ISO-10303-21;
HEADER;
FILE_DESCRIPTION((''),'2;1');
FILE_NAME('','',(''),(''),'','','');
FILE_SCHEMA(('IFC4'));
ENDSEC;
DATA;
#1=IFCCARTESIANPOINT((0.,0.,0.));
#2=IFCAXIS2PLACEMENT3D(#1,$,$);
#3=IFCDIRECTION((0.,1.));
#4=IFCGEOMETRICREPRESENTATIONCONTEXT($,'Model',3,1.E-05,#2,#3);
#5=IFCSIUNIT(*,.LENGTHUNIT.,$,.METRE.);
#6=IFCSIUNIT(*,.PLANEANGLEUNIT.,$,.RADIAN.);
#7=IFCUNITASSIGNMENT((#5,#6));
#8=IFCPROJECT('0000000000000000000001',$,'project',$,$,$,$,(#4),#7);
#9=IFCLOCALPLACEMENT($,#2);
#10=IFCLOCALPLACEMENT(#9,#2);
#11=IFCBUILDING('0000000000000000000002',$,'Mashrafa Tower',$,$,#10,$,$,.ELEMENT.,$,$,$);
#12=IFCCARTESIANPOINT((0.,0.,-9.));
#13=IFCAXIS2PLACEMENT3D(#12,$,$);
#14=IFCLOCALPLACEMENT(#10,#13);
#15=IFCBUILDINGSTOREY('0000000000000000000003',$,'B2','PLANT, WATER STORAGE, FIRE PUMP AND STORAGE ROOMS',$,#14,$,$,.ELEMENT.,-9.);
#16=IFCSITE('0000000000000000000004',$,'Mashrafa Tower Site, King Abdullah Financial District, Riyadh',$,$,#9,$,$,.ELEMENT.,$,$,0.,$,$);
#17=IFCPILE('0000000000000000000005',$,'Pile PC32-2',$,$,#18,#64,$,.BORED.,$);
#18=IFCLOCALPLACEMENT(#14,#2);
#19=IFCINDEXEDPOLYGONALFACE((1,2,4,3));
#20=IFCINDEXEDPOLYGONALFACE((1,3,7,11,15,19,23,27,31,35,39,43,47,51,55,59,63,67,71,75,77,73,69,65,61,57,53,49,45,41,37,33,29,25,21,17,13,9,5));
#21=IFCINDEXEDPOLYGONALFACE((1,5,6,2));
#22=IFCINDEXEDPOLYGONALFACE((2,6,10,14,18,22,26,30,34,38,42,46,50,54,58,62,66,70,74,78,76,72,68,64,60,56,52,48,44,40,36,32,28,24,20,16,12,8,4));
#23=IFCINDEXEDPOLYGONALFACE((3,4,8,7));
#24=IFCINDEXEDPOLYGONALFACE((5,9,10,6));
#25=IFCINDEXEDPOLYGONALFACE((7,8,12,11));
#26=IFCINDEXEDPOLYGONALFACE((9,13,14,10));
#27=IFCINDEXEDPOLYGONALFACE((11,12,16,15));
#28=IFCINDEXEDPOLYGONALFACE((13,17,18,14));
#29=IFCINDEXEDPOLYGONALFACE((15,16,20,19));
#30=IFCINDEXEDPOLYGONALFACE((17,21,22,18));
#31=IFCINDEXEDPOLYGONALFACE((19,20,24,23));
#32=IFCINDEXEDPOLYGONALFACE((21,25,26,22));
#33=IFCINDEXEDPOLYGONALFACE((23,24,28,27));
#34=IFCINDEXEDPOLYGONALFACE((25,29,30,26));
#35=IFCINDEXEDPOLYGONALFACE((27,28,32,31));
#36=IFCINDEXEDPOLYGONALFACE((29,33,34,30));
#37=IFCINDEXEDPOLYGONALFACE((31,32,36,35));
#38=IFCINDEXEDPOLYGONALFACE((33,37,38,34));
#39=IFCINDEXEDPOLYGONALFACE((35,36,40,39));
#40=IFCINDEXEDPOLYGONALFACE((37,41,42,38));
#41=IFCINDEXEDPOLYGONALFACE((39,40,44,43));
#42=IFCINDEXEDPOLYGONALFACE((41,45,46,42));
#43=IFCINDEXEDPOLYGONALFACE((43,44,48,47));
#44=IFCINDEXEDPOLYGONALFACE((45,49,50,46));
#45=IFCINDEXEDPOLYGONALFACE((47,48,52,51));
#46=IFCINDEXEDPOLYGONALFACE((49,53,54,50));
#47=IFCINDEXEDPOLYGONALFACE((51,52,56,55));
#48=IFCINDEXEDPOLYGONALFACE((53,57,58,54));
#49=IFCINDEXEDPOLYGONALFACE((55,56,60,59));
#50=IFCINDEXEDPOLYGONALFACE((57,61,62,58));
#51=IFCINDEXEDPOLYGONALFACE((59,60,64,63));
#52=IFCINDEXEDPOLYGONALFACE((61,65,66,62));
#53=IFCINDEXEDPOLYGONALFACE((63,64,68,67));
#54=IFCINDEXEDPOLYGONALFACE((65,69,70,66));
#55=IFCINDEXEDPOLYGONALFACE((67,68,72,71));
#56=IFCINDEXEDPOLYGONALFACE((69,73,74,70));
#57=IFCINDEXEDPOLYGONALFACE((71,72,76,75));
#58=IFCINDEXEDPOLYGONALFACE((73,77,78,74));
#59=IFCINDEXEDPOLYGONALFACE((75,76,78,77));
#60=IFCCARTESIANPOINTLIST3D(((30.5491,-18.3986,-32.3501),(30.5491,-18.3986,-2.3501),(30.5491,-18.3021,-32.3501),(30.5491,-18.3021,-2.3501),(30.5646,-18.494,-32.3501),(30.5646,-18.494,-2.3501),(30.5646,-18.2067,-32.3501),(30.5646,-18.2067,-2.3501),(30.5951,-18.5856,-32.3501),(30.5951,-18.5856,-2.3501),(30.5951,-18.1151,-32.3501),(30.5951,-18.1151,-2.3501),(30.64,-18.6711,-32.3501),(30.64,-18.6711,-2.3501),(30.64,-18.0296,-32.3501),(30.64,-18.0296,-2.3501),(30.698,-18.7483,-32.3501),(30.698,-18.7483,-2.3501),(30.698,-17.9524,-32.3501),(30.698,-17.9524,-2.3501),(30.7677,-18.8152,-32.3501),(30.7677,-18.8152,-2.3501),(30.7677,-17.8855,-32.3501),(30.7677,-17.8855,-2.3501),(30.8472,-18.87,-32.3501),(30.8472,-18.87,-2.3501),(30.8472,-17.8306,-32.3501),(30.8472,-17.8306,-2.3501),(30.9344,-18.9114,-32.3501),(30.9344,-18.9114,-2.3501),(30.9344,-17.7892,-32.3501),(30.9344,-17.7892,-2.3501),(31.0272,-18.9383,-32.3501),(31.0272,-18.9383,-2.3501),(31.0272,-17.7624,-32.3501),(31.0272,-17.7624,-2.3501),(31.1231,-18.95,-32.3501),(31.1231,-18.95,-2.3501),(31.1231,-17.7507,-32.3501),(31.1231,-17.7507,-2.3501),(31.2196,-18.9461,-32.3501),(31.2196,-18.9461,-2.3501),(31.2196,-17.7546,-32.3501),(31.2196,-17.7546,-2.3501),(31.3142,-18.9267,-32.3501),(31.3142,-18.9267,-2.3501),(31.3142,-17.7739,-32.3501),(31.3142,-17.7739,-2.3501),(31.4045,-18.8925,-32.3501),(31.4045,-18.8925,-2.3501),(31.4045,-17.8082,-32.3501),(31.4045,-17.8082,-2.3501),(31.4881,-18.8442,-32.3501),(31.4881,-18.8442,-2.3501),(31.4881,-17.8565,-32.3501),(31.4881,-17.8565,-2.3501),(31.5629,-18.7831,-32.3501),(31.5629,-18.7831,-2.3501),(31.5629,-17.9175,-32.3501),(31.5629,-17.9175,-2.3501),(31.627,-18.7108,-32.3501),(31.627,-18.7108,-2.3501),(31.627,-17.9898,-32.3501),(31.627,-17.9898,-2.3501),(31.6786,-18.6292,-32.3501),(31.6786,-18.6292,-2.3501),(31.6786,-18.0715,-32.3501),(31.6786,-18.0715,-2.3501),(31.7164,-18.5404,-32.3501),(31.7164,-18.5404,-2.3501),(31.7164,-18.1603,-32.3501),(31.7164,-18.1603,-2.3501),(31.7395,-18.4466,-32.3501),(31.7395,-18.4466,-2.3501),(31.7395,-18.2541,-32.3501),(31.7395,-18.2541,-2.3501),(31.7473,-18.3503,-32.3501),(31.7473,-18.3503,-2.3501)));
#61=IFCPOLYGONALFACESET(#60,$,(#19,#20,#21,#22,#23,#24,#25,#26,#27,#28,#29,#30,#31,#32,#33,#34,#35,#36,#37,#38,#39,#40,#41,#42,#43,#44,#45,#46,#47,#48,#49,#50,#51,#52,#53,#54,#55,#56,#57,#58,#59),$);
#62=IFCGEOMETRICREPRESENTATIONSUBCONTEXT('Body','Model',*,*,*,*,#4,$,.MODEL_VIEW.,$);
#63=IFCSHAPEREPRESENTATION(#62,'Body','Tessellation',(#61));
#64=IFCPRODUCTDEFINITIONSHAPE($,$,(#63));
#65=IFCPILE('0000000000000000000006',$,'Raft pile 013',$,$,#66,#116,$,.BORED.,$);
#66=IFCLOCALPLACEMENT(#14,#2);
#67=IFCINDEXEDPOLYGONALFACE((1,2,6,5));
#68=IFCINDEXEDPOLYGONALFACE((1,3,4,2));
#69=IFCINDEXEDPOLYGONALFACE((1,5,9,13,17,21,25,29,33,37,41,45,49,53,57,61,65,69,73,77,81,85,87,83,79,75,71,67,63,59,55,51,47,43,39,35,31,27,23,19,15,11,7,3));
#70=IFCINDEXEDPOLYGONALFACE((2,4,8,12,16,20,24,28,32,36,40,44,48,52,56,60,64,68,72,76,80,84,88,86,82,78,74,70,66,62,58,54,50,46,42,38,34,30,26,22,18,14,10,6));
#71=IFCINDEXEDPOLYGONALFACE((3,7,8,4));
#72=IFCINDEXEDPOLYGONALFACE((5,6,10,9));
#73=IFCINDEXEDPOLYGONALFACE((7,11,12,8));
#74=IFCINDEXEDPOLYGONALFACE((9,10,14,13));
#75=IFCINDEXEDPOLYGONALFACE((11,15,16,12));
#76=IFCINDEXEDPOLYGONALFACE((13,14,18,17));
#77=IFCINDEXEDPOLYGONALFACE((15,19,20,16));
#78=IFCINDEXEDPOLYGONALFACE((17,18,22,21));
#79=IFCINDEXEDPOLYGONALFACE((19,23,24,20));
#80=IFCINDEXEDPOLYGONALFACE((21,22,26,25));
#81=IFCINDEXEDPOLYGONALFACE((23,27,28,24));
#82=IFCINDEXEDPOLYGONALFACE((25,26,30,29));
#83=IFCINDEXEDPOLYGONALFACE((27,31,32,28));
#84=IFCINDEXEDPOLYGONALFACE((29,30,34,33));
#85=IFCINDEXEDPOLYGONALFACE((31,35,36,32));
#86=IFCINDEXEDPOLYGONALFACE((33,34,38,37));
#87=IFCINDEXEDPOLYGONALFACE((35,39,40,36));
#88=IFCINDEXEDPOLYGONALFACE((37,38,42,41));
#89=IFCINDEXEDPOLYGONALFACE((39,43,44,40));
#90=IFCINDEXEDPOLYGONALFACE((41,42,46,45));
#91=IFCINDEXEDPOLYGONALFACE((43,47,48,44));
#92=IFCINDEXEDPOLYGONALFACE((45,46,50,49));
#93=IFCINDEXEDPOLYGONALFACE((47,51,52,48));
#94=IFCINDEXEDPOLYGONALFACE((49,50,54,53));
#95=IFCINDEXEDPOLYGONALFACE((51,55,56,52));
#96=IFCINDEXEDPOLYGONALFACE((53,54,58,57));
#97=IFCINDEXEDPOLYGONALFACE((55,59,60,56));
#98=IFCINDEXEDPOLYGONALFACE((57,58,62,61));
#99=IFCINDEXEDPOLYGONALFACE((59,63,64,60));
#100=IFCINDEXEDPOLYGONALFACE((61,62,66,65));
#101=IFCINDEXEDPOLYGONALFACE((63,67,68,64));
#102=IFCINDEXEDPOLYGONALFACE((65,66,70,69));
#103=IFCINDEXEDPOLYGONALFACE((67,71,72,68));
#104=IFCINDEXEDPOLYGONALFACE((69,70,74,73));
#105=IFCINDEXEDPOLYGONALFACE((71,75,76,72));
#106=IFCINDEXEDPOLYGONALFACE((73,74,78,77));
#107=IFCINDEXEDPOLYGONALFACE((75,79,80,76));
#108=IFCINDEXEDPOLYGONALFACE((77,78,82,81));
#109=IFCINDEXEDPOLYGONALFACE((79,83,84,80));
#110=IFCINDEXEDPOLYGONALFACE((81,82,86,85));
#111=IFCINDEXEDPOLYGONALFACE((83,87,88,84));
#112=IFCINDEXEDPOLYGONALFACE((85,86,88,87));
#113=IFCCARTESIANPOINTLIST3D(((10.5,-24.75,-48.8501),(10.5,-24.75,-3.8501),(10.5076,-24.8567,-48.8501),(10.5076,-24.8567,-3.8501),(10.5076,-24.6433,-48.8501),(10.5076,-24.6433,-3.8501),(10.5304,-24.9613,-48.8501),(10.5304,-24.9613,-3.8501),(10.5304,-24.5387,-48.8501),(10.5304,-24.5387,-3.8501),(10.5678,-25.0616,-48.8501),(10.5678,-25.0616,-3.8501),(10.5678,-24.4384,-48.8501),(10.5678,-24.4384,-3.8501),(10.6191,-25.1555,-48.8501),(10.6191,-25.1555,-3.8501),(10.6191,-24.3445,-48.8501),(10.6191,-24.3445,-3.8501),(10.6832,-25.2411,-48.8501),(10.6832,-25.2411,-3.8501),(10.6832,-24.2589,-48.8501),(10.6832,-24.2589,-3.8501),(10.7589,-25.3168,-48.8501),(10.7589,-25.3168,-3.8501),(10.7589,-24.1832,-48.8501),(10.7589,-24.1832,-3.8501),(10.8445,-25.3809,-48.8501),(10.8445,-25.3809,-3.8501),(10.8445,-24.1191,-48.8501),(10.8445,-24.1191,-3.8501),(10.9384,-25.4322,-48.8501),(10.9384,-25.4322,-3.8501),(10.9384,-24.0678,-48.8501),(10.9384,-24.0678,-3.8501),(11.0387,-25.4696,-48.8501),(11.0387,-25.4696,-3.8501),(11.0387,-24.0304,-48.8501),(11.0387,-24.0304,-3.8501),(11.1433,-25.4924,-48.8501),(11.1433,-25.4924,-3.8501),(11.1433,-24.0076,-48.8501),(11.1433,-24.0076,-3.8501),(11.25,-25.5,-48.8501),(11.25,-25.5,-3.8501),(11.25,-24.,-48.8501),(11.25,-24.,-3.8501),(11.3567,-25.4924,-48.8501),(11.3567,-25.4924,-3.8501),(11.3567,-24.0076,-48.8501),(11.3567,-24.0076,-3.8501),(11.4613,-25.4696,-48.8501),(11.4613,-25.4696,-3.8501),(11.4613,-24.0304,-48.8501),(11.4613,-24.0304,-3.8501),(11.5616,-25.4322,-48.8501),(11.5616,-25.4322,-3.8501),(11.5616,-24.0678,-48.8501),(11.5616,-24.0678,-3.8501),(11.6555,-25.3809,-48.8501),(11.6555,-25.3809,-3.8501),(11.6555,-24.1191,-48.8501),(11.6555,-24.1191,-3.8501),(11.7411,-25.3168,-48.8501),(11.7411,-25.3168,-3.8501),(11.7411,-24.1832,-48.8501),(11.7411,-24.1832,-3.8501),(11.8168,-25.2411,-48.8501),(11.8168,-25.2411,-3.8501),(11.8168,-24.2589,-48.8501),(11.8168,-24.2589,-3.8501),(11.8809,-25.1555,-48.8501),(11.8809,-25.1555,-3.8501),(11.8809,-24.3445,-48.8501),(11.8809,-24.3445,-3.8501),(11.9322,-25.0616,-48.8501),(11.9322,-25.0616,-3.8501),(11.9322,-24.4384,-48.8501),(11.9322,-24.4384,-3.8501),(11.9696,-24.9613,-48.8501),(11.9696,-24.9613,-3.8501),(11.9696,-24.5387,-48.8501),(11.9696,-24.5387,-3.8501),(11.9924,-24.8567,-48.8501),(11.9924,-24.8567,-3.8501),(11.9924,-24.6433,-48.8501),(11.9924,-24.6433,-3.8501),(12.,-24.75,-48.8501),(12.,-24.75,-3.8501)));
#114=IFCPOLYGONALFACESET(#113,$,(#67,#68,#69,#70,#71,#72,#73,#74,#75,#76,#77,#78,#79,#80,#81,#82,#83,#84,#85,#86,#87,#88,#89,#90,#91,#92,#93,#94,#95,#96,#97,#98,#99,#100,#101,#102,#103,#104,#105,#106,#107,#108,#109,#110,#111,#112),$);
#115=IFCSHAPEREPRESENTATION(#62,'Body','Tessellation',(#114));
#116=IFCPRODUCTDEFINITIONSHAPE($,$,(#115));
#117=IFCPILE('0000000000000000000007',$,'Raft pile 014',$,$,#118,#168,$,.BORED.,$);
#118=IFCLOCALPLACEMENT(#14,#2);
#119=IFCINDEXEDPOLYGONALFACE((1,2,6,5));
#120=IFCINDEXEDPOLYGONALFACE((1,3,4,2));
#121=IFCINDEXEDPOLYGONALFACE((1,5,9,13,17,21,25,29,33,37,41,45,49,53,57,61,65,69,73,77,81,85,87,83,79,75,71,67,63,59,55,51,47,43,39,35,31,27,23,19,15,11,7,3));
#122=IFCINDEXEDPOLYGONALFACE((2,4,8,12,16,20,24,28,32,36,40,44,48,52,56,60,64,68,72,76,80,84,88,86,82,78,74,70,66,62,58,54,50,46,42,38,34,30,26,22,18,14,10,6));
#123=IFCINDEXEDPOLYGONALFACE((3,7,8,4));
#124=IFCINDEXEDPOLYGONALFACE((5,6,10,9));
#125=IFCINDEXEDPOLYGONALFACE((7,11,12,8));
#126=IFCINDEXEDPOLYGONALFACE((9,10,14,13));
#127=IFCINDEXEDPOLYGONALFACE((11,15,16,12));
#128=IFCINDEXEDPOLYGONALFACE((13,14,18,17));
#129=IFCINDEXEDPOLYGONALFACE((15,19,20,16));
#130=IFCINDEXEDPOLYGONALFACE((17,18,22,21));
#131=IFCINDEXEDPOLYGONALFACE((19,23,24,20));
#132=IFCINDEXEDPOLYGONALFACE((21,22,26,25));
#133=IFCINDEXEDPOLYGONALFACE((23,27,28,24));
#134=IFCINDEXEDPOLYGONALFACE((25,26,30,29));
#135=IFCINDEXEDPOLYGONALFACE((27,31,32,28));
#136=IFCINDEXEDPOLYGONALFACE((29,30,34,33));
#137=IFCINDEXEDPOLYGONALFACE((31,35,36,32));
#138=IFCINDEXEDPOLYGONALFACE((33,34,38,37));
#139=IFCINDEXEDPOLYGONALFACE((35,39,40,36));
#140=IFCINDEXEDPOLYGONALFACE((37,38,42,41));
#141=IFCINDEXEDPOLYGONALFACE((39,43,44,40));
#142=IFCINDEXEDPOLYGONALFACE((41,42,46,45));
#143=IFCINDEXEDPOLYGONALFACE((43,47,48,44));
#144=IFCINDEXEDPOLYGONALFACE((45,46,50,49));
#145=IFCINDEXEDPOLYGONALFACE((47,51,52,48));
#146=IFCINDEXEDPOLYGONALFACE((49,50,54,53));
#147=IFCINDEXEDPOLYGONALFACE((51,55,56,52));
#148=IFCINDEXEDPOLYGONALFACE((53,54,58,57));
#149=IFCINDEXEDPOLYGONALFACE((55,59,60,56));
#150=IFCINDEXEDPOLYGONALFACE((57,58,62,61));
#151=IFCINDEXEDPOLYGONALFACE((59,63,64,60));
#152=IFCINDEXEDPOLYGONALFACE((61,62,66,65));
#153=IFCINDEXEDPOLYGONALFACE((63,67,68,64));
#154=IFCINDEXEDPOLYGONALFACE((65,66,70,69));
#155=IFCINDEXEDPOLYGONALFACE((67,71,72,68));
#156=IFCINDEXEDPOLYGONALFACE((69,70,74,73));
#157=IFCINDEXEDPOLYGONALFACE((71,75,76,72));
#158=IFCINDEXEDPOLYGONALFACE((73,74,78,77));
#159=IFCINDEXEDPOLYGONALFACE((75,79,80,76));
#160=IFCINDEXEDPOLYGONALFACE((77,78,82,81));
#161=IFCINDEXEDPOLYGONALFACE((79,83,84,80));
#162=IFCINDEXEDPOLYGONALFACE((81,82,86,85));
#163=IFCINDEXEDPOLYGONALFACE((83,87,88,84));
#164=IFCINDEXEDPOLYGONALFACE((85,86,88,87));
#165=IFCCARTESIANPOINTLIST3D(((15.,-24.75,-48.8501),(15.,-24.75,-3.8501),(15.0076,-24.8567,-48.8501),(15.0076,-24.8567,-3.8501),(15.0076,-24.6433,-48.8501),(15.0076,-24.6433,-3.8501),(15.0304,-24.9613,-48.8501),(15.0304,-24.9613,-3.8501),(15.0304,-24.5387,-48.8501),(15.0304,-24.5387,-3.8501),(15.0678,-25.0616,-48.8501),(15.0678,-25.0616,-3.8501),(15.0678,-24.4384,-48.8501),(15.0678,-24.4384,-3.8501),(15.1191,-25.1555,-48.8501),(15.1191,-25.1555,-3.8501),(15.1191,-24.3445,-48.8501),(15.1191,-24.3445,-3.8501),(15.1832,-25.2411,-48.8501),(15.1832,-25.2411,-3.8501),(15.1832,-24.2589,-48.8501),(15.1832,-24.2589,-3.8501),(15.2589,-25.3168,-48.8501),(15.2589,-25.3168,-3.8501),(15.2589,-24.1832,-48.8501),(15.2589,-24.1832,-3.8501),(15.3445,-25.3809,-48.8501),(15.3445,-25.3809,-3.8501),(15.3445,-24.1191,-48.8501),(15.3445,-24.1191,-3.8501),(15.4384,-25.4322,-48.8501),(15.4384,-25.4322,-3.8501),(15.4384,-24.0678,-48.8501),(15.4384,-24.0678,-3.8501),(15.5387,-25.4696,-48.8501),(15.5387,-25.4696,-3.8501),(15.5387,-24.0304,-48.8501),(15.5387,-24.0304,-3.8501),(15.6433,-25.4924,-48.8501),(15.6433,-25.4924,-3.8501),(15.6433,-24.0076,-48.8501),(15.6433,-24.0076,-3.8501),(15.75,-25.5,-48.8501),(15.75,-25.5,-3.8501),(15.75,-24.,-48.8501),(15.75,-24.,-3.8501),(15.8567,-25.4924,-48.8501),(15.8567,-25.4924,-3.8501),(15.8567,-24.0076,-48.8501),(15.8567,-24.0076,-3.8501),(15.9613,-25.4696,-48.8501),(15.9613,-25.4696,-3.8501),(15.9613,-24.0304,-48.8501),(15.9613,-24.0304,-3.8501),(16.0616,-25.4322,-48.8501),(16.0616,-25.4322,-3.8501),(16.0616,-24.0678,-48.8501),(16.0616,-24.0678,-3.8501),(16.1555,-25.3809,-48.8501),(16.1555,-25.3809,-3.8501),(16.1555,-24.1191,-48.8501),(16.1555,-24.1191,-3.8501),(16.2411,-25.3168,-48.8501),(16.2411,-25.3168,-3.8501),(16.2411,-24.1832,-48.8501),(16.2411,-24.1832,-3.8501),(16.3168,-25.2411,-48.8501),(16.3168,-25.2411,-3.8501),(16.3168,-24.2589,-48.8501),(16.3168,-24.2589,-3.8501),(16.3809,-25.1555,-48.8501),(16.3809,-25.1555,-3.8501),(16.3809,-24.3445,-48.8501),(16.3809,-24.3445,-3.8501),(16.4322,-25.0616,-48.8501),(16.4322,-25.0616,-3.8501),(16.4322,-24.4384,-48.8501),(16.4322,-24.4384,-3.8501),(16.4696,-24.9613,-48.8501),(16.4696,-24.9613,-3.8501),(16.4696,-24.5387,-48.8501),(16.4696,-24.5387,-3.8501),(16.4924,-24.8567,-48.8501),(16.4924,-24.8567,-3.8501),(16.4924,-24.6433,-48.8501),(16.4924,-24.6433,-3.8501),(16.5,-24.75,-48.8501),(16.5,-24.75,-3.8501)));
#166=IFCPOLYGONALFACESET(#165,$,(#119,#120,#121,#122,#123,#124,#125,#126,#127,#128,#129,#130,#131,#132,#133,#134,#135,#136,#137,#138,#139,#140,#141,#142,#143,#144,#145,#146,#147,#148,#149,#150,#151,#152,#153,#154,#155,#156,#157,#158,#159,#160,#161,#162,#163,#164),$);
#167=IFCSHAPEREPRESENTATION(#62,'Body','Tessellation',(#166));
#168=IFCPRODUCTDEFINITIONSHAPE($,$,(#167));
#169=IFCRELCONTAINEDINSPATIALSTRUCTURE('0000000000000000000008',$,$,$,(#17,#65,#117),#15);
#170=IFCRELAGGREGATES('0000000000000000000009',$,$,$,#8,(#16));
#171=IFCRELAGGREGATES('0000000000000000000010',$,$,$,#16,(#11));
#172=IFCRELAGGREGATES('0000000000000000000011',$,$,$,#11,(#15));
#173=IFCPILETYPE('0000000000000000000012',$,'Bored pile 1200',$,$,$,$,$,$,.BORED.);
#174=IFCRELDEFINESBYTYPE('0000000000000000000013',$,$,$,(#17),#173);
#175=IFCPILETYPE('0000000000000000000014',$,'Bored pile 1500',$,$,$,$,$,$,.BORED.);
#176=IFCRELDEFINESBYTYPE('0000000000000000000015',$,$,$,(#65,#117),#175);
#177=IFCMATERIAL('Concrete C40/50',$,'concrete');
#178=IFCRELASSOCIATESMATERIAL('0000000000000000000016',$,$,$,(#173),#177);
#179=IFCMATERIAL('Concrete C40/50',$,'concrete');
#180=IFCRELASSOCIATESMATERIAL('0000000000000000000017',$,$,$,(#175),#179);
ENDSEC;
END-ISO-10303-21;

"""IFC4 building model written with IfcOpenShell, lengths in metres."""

from ifc_helpers import new_model, si_unit, direction, frame, origin, origin_2d, place, context, subcontext, project, spatial, circle, extrude, material, material_profile, profile_set, type_object, element, save


model = new_model("IFC4")

# Units and contexts
model_context = context("Model", 3, precision=1e-05, world=origin(), true_north=direction((0.0, 1.0)))
body_context = subcontext(model_context, "Body", "Model", "MODEL_VIEW")
ifc_project = project(units=[si_unit("LENGTHUNIT", "METRE"), si_unit("PLANEANGLEUNIT", "RADIAN")], contexts=[model_context])

# Site, building, storey
site_placement = place(None, origin())
site = spatial("IfcSite", under=ifc_project, at=site_placement, Name="Mashrafa Tower Site, King Abdullah Financial District, Riyadh", CompositionType="ELEMENT", RefElevation=0.0)
building_placement = place(site_placement, origin())
building = spatial("IfcBuilding", under=site, at=building_placement, Name="Mashrafa Tower", CompositionType="ELEMENT")
storey_placement = place(building_placement, frame((0.0, 0.0, -9.0)))
storey = spatial("IfcBuildingStorey", under=building, at=storey_placement, Name="B2", Description="PLANT, WATER STORAGE, FIRE PUMP AND STORAGE ROOMS", CompositionType="ELEMENT", Elevation=-9.0)

# Piles
ifc_material_1 = material(Name="Concrete C40/50", Category="concrete")
ifc_material_profile_1 = material_profile(ifc_material_1, circle(Radius=0.6001, at=origin_2d()), Name="1200 DIA")
ifc_profile_set_1 = profile_set([ifc_material_profile_1], Name="Concrete C40/50")
pile_type_1 = type_object("IfcPileType", Name="Bored pile 1200", PredefinedType="BORED", material=ifc_profile_set_1)
for number, where, z_axis, x_axis, name in (
    (1, (31.1472, -18.3503, -2.3501), (0.0, 0.0, -1.0), (1.0, 0.0, 0.0), "Pile PC32-2"),
):
    element("IfcPile", number, at=place(storey_placement, frame(where, z_axis=z_axis, x_axis=x_axis)), inside=storey, type_object=pile_type_1, Name=name, PredefinedType="BORED", context=body_context, shape_type="SweptSolid", body=[
        extrude(circle(Radius=0.6001, at=origin_2d()), origin(), (0.0, 0.0, 1.0), 30.0),
    ])
ifc_material_2 = material(Name="Concrete C40/50", Category="concrete")
ifc_material_profile_2 = material_profile(ifc_material_2, circle(Radius=0.75, at=origin_2d()), Name="1500 DIA")
ifc_profile_set_2 = profile_set([ifc_material_profile_2], Name="Concrete C40/50")
pile_type_2 = type_object("IfcPileType", Name="Bored pile 1500", PredefinedType="BORED", material=ifc_profile_set_2)
for number, where, z_axis, x_axis, name in (
    (2, (11.25, -24.75, -3.8501), (0.0, 0.0, -1.0), (1.0, 0.0, 0.0), "Raft pile 013"),
    (3, (15.75, -24.75, -3.8501), (0.0, 0.0, -1.0), (1.0, 0.0, 0.0), "Raft pile 014"),
):
    element("IfcPile", number, at=place(storey_placement, frame(where, z_axis=z_axis, x_axis=x_axis)), inside=storey, type_object=pile_type_2, Name=name, PredefinedType="BORED", context=body_context, shape_type="SweptSolid", body=[
        extrude(circle(Radius=0.75, at=origin_2d()), origin(), (0.0, 0.0, 1.0), 45.0),
    ])

save(model, "model.ifc")
